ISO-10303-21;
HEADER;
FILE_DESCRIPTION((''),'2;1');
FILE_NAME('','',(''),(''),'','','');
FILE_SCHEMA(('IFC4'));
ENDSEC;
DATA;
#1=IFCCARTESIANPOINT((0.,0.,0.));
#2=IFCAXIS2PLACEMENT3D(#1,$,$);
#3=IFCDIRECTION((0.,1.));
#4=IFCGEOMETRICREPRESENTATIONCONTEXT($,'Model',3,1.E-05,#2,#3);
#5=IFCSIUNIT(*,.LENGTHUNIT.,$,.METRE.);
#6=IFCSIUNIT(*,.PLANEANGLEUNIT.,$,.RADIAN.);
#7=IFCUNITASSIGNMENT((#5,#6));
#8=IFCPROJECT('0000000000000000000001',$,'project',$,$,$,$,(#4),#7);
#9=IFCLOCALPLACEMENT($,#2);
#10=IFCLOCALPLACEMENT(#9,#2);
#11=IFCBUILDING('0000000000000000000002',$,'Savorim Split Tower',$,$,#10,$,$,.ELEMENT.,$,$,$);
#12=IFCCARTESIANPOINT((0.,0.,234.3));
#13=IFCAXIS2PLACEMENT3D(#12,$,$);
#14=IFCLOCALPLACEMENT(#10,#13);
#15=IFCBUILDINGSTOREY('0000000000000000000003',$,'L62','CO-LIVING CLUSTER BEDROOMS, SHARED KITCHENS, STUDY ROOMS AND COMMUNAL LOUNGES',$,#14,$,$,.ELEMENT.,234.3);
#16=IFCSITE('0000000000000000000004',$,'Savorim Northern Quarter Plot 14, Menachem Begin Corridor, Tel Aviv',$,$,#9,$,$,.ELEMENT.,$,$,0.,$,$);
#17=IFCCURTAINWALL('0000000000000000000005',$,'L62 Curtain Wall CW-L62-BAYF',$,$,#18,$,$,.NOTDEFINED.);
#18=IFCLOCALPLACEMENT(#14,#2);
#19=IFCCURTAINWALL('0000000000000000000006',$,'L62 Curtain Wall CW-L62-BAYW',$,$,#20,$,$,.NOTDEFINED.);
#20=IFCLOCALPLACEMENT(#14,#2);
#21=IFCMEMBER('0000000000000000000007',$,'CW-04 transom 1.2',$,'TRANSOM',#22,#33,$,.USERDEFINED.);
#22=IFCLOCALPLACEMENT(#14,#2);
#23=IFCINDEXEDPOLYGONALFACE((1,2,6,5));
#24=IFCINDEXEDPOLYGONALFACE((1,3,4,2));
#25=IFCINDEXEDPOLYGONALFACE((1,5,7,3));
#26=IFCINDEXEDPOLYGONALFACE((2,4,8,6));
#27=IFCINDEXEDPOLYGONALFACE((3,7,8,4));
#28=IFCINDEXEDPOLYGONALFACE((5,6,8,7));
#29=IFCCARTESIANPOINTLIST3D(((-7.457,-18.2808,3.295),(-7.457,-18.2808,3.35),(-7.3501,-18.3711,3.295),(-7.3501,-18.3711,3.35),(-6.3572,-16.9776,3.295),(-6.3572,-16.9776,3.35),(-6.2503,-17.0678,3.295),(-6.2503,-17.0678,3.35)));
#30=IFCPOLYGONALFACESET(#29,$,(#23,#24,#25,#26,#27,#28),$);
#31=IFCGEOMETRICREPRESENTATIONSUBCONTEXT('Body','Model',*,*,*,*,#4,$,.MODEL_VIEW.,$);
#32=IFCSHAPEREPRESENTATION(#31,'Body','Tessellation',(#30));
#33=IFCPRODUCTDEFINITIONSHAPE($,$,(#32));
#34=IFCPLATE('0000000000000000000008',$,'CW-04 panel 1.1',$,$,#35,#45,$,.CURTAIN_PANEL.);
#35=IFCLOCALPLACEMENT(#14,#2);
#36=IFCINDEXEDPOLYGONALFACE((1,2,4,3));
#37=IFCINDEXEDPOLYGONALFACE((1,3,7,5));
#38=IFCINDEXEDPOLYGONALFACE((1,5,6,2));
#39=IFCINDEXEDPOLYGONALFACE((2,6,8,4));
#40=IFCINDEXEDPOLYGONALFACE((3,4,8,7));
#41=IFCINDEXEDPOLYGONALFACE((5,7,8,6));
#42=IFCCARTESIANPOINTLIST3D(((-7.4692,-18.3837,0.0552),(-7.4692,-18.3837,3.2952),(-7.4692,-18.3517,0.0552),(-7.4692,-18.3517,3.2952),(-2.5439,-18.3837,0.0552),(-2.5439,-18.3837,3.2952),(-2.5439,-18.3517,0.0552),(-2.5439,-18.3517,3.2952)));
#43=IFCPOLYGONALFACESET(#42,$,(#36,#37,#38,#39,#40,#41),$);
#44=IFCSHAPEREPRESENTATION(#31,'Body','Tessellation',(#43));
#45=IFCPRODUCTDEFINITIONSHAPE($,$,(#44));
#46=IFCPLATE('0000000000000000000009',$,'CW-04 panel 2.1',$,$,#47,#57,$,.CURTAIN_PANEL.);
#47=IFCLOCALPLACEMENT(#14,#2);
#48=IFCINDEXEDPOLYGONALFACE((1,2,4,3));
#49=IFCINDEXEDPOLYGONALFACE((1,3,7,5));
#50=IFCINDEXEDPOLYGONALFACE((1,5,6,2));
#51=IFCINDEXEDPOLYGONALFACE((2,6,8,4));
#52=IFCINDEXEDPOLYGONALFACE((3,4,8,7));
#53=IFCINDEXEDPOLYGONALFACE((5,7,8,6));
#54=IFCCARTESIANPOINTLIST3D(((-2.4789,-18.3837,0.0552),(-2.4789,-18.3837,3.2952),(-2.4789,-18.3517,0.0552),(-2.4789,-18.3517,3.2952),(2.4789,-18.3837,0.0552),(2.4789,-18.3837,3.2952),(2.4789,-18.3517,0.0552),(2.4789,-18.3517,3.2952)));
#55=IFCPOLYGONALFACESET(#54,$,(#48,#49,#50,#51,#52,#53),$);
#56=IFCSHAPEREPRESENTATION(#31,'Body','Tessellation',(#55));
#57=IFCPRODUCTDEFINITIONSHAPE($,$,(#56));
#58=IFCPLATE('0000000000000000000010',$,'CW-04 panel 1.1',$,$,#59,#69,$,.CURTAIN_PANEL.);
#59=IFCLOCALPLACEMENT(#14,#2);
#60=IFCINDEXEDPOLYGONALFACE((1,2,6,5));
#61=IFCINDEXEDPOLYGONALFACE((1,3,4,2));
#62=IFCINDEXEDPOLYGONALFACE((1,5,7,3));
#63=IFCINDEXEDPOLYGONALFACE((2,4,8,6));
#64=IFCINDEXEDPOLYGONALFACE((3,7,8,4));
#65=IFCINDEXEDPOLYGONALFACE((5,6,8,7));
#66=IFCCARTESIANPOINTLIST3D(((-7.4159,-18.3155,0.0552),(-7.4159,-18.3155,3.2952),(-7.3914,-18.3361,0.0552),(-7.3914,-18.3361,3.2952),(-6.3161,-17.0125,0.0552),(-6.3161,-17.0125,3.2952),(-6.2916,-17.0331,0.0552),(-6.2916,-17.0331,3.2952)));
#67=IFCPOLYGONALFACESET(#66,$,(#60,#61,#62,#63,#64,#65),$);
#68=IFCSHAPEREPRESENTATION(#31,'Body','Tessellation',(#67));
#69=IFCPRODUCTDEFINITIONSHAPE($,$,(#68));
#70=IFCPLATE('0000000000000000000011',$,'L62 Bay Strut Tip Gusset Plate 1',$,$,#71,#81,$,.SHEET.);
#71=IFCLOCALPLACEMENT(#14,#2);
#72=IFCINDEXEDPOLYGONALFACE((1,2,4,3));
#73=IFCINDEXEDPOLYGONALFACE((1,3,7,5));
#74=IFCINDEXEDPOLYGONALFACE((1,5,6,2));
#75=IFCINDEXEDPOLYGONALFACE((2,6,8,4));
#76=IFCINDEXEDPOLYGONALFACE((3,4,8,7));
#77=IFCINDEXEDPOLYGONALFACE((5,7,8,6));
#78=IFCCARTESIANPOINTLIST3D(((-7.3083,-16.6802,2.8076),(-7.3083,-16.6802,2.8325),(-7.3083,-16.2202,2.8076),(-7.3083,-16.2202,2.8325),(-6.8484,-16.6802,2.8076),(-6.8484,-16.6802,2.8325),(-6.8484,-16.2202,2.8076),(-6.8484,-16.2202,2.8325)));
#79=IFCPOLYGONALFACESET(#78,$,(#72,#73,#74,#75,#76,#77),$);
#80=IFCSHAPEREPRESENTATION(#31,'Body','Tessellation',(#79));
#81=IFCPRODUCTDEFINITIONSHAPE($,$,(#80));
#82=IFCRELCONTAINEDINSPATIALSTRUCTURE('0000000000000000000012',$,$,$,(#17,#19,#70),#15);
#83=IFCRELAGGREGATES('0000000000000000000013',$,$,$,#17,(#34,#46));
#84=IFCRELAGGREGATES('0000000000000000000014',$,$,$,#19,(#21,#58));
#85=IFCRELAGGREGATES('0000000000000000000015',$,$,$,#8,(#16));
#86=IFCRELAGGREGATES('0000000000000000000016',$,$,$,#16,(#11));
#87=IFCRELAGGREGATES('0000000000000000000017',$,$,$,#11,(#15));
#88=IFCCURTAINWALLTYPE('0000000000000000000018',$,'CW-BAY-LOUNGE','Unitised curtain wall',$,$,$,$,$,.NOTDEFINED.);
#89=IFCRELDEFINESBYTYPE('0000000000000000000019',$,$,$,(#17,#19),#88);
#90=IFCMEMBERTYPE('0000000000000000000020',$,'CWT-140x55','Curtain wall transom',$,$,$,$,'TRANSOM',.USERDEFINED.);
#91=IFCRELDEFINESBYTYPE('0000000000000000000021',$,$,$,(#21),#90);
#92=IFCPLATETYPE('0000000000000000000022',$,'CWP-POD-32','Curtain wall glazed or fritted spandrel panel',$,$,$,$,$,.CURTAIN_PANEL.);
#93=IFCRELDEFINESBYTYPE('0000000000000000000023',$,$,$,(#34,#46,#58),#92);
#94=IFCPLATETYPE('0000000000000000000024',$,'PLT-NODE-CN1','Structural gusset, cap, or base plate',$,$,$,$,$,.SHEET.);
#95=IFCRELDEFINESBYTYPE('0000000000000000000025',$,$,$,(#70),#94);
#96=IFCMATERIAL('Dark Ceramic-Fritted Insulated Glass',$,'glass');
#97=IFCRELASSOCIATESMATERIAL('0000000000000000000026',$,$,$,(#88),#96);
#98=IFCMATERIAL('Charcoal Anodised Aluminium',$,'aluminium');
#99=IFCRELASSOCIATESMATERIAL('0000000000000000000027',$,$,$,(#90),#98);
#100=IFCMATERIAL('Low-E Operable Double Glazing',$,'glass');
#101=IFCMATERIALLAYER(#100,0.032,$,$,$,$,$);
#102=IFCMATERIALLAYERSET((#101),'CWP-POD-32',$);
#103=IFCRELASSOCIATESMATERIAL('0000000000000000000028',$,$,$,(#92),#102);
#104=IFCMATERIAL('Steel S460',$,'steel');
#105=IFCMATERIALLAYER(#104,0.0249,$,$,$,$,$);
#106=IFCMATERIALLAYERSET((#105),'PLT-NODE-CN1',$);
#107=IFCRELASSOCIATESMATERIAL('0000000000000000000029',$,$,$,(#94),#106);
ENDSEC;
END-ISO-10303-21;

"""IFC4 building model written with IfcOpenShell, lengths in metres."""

from ifc_helpers import new_model, si_unit, direction, frame, origin, origin_2d, place, context, subcontext, project, spatial, rectangle, extrude, material, layer, layer_set, material_profile, profile_set, type_object, element, aggregate, save


model = new_model("IFC4")

# Units and contexts
model_context = context("Model", 3, precision=1e-05, world=origin(), true_north=direction((0.0, 1.0)))
body_context = subcontext(model_context, "Body", "Model", "MODEL_VIEW")
ifc_project = project(units=[si_unit("LENGTHUNIT", "METRE"), si_unit("PLANEANGLEUNIT", "RADIAN")], contexts=[model_context])

# Site, building, storey
site_placement = place(None, origin())
site = spatial("IfcSite", under=ifc_project, at=site_placement, Name="Savorim Northern Quarter Plot 14, Menachem Begin Corridor, Tel Aviv", CompositionType="ELEMENT", RefElevation=0.0)
building_placement = place(site_placement, origin())
building = spatial("IfcBuilding", under=site, at=building_placement, Name="Savorim Split Tower", CompositionType="ELEMENT")
storey_placement = place(building_placement, frame((0.0, 0.0, 234.3)))
storey = spatial("IfcBuildingStorey", under=building, at=storey_placement, Name="L62", Description="CO-LIVING CLUSTER BEDROOMS, SHARED KITCHENS, STUDY ROOMS AND COMMUNAL LOUNGES", CompositionType="ELEMENT", Elevation=234.3)

# Shared definitions
ifc_material_1 = material(Name="Dark Ceramic-Fritted Insulated Glass", Category="glass")
ifc_material_2 = material(Name="Charcoal Anodised Aluminium", Category="aluminium")

# Curtain walls
curtain_wall_type_1 = type_object("IfcCurtainWallType", Name="CW-BAY-LOUNGE", Description="Unitised curtain wall", PredefinedType="NOTDEFINED", material=ifc_material_1)
curtain_wall_1_placement = place(storey_placement, origin())
curtain_wall_1 = element("IfcCurtainWall", 1, at=curtain_wall_1_placement, inside=storey, type_object=curtain_wall_type_1, Name="L62 Curtain Wall CW-L62-BAYF", PredefinedType="NOTDEFINED")
curtain_wall_2_placement = place(storey_placement, origin())
curtain_wall_2 = element("IfcCurtainWall", 2, at=curtain_wall_2_placement, inside=storey, type_object=curtain_wall_type_1, Name="L62 Curtain Wall CW-L62-BAYW", PredefinedType="NOTDEFINED")

# Member
ifc_material_profile_1 = material_profile(ifc_material_2, rectangle(XDim=0.1399, YDim=0.0549, at=origin_2d()), Name="ALU-T 140x55")
ifc_profile_set_1 = profile_set([ifc_material_profile_1], Name="Charcoal Anodised Aluminium")
member_type_1 = type_object("IfcMemberType", Name="CWT-140x55", Description="Curtain wall transom", ElementType="TRANSOM", PredefinedType="USERDEFINED", material=ifc_profile_set_1)
member_1_placement = place(storey_placement, frame((-6.3037, -17.0227, 3.3225), z_axis=(-0.64496, -0.764217, 0.0), x_axis=(0.764217, -0.64496, 0.0)))
member_1 = element("IfcMember", 3, at=member_1_placement, type_object=member_type_1, Name="CW-04 transom 1.2", ObjectType="TRANSOM", PredefinedType="USERDEFINED", context=body_context, shape_type="SweptSolid", body=[
    extrude(rectangle(XDim=0.1399, YDim=0.0549, at=origin_2d()), origin(), (0.0, 0.0, 1.0), 1.7053),
])

# Plates
ifc_material_3 = material(Name="Low-E Operable Double Glazing", Category="glass")
ifc_layer_1 = layer(ifc_material_3, 0.032)
ifc_layer_set_1 = layer_set([ifc_layer_1], Name="CWP-POD-32")
plate_type_1 = type_object("IfcPlateType", Name="CWP-POD-32", Description="Curtain wall glazed or fritted spandrel panel", PredefinedType="CURTAIN_PANEL", material=ifc_layer_set_1)
plate_1_placement = place(storey_placement, frame((-5.0066, -18.3677, 0.0552), z_axis=(0.0, 0.0, 1.0), x_axis=(1.0, 0.0, 0.0)))
plate_1 = element("IfcPlate", 4, at=plate_1_placement, type_object=plate_type_1, Name="CW-04 panel 1.1", PredefinedType="CURTAIN_PANEL", context=body_context, shape_type="SweptSolid", body=[
    extrude(rectangle(XDim=4.9253, YDim=0.032, at=origin_2d()), origin(), (0.0, 0.0, 1.0), 3.24),
])
plate_2_placement = place(storey_placement, frame((0.0, -18.3677, 0.0552), z_axis=(0.0, 0.0, 1.0), x_axis=(1.0, 0.0, 0.0)))
plate_2 = element("IfcPlate", 5, at=plate_2_placement, type_object=plate_type_1, Name="CW-04 panel 2.1", PredefinedType="CURTAIN_PANEL", context=body_context, shape_type="SweptSolid", body=[
    extrude(rectangle(XDim=4.9578, YDim=0.032, at=origin_2d()), origin(), (0.0, 0.0, 1.0), 3.24),
])
aggregate(curtain_wall_1, [plate_1, plate_2])
plate_3_placement = place(storey_placement, frame((-6.8538, -17.6743, 0.0552), z_axis=(0.0, 0.0, 1.0), x_axis=(-0.645006, -0.764177, 0.0)))
plate_3 = element("IfcPlate", 6, at=plate_3_placement, type_object=plate_type_1, Name="CW-04 panel 1.1", PredefinedType="CURTAIN_PANEL", context=body_context, shape_type="SweptSolid", body=[
    extrude(rectangle(XDim=1.7051, YDim=0.032, at=origin_2d()), origin(), (0.0, 0.0, 1.0), 3.24),
])
aggregate(curtain_wall_2, [member_1, plate_3])
ifc_material_4 = material(Name="Steel S460", Category="steel")
ifc_layer_2 = layer(ifc_material_4, 0.0249)
ifc_layer_set_2 = layer_set([ifc_layer_2], Name="PLT-NODE-CN1")
plate_type_2 = type_object("IfcPlateType", Name="PLT-NODE-CN1", Description="Structural gusset, cap, or base plate", PredefinedType="SHEET", material=ifc_layer_set_2)
plate_4_placement = place(storey_placement, frame((-7.0784, -16.4502, 2.8076), z_axis=(0.0, 0.0, 1.0), x_axis=(1.0, 0.0, 0.0)))
element("IfcPlate", 7, at=plate_4_placement, inside=storey, type_object=plate_type_2, Name="L62 Bay Strut Tip Gusset Plate 1", PredefinedType="SHEET", context=body_context, shape_type="SweptSolid", body=[
    extrude(rectangle(XDim=0.46, YDim=0.46, at=origin_2d()), origin(), (0.0, 0.0, 1.0), 0.0249),
])

save(model, "model.ifc")
